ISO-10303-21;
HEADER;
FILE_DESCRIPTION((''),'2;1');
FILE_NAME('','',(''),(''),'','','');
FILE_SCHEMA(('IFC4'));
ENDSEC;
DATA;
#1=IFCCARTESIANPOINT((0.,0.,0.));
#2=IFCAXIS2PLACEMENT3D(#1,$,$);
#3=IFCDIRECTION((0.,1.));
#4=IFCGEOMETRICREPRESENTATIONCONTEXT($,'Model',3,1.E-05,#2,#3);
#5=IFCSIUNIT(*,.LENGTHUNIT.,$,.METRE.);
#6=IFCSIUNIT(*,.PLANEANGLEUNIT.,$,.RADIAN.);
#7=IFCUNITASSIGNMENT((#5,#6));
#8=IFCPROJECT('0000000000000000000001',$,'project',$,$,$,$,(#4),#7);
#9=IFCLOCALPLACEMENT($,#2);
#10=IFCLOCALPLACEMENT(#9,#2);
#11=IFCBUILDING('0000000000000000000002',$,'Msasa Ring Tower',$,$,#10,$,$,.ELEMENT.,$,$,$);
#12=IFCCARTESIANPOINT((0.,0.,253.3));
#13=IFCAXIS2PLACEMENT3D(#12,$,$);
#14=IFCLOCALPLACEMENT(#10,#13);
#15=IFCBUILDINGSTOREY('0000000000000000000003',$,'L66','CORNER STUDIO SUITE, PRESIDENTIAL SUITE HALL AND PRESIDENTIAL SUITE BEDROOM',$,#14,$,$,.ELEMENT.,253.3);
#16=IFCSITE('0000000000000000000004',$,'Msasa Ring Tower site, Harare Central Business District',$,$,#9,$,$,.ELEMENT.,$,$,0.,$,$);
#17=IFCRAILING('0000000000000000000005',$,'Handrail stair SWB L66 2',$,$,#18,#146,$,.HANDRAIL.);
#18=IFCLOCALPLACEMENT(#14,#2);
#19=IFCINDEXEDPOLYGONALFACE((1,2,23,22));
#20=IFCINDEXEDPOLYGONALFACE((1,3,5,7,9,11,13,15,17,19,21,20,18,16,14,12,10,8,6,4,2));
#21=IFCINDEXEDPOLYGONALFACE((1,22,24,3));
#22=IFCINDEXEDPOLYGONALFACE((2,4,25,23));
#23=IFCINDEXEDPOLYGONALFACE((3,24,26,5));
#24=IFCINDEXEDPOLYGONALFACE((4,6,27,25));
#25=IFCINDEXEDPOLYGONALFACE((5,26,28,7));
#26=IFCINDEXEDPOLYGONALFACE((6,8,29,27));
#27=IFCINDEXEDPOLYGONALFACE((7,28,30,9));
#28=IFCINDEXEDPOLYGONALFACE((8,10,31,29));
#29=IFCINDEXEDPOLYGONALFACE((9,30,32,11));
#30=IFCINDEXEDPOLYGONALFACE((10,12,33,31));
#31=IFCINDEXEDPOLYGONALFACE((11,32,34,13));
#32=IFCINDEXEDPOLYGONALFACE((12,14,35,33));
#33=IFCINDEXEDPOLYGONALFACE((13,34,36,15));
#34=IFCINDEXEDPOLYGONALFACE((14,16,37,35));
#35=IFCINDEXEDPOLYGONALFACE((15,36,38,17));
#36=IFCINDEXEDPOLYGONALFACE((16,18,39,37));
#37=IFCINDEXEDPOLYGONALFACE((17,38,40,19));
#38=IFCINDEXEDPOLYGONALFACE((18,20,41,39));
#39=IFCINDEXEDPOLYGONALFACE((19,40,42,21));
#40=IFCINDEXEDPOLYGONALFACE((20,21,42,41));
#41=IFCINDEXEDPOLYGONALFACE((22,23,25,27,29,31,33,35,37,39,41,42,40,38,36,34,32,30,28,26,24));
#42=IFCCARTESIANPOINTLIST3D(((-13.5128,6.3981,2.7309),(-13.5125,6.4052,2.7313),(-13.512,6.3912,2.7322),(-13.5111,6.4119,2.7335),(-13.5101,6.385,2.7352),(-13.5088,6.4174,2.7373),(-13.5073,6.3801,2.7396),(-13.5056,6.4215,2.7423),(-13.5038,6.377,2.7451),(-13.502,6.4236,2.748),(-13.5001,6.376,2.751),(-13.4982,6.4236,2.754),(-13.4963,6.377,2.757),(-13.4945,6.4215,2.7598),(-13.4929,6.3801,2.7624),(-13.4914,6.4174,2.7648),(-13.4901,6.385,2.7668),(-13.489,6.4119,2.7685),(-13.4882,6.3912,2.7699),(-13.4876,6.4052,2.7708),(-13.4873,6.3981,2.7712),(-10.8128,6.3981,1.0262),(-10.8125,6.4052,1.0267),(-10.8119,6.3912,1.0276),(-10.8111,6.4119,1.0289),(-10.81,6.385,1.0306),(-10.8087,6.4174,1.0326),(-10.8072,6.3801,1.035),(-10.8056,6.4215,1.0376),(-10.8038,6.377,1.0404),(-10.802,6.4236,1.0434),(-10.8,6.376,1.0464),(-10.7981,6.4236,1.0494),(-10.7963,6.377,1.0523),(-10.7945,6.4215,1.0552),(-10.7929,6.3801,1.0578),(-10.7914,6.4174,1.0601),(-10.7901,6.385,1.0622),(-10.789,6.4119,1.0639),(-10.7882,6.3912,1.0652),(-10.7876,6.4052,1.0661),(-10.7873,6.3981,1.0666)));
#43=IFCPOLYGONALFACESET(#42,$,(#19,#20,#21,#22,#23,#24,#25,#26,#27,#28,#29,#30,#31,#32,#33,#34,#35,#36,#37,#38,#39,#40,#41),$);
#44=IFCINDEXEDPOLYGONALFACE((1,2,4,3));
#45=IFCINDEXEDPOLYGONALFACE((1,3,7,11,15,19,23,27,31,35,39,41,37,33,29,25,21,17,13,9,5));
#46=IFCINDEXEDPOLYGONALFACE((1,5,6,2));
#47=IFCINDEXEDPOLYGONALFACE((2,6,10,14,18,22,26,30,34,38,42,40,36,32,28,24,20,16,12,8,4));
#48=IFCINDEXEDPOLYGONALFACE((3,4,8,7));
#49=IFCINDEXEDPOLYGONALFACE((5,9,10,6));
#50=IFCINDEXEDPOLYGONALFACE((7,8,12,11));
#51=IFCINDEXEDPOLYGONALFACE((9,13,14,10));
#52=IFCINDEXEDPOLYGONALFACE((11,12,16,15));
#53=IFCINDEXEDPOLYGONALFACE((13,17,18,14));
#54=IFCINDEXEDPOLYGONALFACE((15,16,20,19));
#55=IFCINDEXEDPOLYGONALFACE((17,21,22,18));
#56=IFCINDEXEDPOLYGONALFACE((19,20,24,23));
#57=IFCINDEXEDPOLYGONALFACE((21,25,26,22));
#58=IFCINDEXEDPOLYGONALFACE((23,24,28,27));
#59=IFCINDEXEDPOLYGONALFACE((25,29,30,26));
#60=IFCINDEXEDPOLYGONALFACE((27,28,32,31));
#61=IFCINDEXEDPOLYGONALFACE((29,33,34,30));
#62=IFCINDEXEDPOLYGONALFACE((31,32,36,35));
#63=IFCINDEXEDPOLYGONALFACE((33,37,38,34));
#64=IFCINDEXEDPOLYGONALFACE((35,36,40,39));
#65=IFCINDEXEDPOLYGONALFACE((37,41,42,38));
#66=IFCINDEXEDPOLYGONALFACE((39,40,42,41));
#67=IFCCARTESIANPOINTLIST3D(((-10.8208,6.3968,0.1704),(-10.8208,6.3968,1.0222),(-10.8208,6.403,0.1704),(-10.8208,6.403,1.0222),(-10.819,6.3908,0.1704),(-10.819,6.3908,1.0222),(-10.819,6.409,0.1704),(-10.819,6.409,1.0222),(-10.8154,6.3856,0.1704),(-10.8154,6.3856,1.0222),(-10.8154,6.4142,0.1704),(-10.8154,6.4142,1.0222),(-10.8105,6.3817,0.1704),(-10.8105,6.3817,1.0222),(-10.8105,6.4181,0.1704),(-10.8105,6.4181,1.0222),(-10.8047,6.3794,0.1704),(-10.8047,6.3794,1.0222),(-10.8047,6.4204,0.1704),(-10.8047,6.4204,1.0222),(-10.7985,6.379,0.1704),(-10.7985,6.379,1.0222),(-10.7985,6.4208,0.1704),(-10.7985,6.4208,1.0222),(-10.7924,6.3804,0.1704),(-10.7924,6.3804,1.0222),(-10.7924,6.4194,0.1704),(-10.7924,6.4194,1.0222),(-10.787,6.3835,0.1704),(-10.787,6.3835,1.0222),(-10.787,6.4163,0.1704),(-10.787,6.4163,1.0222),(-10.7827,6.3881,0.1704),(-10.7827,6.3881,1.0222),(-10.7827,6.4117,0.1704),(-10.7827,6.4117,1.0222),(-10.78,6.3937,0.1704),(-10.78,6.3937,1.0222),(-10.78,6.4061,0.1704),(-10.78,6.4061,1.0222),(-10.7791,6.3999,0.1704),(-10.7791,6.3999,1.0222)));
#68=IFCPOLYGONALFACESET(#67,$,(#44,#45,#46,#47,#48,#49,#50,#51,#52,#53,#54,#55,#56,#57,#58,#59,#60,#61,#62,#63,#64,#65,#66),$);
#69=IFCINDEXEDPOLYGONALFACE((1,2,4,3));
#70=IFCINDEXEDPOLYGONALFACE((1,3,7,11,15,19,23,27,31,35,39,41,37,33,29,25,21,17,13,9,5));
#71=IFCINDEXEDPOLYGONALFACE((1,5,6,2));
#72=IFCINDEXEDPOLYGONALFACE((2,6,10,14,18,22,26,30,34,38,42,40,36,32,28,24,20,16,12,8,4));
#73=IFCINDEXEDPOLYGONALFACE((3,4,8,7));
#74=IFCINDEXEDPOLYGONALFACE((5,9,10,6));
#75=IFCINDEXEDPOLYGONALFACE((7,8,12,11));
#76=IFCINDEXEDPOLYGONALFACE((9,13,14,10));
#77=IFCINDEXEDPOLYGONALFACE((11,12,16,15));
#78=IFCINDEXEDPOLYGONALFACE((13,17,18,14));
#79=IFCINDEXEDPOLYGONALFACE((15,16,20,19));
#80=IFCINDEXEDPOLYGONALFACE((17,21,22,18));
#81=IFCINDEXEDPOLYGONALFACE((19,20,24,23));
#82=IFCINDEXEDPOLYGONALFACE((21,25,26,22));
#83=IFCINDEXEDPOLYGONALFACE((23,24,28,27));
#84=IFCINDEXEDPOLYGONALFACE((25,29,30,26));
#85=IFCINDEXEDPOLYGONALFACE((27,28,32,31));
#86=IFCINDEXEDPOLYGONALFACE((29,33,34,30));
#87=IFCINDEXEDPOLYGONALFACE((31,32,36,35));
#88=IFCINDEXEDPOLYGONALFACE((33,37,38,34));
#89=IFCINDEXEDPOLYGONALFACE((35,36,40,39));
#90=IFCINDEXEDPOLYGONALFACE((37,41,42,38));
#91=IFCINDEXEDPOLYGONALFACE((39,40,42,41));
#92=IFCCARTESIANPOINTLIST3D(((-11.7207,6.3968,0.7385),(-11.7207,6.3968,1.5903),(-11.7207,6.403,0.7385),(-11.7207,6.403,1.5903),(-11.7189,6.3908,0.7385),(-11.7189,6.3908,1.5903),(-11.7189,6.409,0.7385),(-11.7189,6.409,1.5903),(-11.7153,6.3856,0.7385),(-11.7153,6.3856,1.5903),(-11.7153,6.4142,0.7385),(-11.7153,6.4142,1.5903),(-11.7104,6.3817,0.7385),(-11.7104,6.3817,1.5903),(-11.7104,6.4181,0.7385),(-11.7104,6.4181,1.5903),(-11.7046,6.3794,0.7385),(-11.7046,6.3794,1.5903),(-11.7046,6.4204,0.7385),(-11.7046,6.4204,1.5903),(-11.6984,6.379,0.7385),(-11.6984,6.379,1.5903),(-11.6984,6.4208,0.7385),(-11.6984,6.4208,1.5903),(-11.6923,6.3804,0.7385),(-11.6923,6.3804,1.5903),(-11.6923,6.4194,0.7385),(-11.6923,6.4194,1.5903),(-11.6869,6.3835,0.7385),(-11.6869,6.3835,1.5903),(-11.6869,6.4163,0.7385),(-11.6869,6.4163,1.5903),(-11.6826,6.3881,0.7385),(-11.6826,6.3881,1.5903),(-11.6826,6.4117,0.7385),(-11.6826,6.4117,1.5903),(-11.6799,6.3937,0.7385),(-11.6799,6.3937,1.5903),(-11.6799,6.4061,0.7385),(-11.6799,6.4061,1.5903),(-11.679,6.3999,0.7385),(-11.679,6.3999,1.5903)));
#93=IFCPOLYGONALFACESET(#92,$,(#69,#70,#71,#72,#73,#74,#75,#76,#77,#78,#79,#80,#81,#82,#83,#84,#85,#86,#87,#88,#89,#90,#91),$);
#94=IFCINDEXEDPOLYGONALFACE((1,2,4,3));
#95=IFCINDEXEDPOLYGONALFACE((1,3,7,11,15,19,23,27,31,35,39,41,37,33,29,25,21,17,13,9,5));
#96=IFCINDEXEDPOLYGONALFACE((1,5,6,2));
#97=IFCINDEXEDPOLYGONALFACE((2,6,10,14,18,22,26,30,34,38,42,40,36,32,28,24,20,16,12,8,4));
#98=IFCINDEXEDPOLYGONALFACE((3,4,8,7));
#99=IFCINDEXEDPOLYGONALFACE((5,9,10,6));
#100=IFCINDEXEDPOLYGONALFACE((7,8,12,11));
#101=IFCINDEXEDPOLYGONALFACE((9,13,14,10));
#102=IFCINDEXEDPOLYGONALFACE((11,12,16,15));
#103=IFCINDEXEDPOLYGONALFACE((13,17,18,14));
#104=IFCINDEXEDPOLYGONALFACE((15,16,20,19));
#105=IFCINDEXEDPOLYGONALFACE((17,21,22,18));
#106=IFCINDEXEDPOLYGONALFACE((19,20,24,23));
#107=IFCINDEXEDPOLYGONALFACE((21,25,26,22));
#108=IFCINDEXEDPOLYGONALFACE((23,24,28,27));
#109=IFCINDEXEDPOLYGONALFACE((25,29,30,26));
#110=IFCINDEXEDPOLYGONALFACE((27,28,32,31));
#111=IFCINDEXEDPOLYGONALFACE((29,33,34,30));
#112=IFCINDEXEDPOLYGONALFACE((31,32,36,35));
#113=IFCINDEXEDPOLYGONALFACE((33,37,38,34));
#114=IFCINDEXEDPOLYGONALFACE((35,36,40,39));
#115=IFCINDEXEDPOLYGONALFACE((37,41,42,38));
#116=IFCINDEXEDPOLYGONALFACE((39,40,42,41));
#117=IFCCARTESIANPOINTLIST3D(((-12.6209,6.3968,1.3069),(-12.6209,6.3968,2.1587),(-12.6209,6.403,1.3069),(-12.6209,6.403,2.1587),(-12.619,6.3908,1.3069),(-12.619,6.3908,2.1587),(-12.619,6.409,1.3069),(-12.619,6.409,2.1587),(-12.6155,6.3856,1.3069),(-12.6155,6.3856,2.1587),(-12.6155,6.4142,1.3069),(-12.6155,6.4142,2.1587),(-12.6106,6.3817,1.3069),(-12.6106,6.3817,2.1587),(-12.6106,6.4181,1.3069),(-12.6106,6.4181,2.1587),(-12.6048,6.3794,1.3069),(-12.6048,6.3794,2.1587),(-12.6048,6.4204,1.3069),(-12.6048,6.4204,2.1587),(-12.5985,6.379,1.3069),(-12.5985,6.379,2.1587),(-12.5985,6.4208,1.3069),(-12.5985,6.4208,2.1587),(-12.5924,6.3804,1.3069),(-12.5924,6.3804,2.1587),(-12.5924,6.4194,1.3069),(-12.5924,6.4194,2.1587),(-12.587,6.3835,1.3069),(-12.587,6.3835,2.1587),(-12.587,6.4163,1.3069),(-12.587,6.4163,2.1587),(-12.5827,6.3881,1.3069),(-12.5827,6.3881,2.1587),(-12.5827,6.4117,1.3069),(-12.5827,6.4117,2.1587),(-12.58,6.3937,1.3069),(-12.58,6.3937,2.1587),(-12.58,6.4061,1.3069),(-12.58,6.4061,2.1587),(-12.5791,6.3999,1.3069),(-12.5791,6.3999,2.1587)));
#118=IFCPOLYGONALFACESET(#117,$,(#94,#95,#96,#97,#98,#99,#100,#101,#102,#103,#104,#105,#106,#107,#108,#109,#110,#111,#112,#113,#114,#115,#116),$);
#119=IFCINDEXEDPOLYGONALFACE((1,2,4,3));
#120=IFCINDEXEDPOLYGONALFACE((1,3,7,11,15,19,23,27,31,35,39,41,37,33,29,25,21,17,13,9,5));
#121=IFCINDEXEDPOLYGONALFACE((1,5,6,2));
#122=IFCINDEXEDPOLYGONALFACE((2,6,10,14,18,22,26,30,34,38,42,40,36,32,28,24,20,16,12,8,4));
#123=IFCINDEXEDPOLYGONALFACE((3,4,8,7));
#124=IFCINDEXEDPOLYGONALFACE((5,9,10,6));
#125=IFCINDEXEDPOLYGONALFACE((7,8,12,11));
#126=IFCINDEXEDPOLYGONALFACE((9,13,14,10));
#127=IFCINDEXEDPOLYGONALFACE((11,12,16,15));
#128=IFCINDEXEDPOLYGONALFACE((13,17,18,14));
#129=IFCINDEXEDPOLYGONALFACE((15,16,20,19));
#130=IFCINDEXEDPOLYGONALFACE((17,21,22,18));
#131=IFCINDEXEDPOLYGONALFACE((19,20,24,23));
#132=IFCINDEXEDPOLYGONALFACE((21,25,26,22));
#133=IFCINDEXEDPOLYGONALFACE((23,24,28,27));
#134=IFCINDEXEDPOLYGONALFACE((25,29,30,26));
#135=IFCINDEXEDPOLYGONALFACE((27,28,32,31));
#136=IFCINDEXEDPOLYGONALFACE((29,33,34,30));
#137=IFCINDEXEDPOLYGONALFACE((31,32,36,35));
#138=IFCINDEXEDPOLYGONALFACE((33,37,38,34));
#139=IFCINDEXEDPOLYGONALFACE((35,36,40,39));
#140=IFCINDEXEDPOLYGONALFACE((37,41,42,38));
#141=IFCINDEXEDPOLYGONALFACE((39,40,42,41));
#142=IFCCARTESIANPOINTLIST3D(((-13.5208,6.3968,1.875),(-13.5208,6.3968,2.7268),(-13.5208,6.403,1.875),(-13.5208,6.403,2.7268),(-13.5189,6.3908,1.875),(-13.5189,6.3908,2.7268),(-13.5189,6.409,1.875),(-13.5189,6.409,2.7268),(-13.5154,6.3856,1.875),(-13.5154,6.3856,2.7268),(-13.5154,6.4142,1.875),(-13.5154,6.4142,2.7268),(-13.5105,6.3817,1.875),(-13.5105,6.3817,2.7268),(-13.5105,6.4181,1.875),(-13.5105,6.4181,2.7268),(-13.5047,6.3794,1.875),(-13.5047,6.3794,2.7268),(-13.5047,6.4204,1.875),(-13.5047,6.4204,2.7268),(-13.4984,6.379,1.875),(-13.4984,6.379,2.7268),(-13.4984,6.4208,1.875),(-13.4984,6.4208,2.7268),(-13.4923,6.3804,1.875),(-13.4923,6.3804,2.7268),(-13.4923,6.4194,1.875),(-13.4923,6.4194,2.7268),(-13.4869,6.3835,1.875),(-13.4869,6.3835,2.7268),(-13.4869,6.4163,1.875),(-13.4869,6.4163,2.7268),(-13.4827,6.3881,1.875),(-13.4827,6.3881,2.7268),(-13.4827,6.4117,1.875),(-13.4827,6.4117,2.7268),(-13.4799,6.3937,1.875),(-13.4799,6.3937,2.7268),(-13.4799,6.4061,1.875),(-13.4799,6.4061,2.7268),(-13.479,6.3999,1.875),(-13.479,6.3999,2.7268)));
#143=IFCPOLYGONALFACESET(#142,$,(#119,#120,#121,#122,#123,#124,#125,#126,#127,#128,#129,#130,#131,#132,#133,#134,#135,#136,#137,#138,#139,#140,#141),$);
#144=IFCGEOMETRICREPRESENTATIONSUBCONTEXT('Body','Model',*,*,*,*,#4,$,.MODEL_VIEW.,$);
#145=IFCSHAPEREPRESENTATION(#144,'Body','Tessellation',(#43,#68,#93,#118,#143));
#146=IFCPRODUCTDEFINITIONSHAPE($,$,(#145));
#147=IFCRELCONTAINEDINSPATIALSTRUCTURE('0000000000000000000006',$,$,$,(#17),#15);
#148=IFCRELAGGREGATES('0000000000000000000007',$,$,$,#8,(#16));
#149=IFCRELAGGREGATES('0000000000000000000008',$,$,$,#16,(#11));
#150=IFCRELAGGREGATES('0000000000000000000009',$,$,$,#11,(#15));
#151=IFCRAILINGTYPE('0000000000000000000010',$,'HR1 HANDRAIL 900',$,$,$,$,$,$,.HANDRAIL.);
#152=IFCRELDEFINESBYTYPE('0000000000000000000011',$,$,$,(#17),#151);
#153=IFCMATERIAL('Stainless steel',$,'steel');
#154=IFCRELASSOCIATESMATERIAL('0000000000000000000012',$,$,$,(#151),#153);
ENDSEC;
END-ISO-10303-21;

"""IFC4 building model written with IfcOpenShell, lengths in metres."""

from ifc_helpers import new_model, si_unit, direction, frame, origin, origin_2d, place, context, subcontext, project, spatial, circle, extrude, material, type_object, element, save


model = new_model("IFC4")

# Units and contexts
model_context = context("Model", 3, precision=1e-05, world=origin(), true_north=direction((0.0, 1.0)))
body_context = subcontext(model_context, "Body", "Model", "MODEL_VIEW")
ifc_project = project(units=[si_unit("LENGTHUNIT", "METRE"), si_unit("PLANEANGLEUNIT", "RADIAN")], contexts=[model_context])

# Site, building, storey
site_placement = place(None, origin())
site = spatial("IfcSite", under=ifc_project, at=site_placement, Name="Msasa Ring Tower site, Harare Central Business District", CompositionType="ELEMENT", RefElevation=0.0)
building_placement = place(site_placement, origin())
building = spatial("IfcBuilding", under=site, at=building_placement, Name="Msasa Ring Tower", CompositionType="ELEMENT")
storey_placement = place(building_placement, frame((0.0, 0.0, 253.3)))
storey = spatial("IfcBuildingStorey", under=building, at=storey_placement, Name="L66", Description="CORNER STUDIO SUITE, PRESIDENTIAL SUITE HALL AND PRESIDENTIAL SUITE BEDROOM", CompositionType="ELEMENT", Elevation=253.3)

# Railing
ifc_material_1 = material(Name="Stainless steel", Category="steel")
railing_type = type_object("IfcRailingType", Name="HR1 HANDRAIL 900", PredefinedType="HANDRAIL", material=ifc_material_1)
railing_placement = place(storey_placement, frame((-10.8, 6.3999, 0.1704)))
element("IfcRailing", 1, at=railing_placement, inside=storey, type_object=railing_type, Name="Handrail stair SWB L66 2", PredefinedType="HANDRAIL", context=body_context, shape_type="SweptSolid", body=[
    extrude(circle(Radius=0.0239, at=origin_2d()), frame((0.0, 0.0, 0.876), z_axis=(-0.84558, 0.0, 0.533849), x_axis=(0.0, -1.0, 0.0)), (0.0, 0.0, 1.0), 3.1931),
    extrude(circle(Radius=0.021, at=origin_2d()), origin(), (0.0, 0.0, 1.0), 0.8518),
    extrude(circle(Radius=0.021, at=origin_2d()), frame((-0.8999, 0.0, 0.5681)), (0.0, 0.0, 1.0), 0.8518),
    extrude(circle(Radius=0.021, at=origin_2d()), frame((-1.8, 0.0, 1.1365)), (0.0, 0.0, 1.0), 0.8518),
    extrude(circle(Radius=0.021, at=origin_2d()), frame((-2.7, 0.0, 1.7046)), (0.0, 0.0, 1.0), 0.8518),
])

save(model, "model.ifc")
